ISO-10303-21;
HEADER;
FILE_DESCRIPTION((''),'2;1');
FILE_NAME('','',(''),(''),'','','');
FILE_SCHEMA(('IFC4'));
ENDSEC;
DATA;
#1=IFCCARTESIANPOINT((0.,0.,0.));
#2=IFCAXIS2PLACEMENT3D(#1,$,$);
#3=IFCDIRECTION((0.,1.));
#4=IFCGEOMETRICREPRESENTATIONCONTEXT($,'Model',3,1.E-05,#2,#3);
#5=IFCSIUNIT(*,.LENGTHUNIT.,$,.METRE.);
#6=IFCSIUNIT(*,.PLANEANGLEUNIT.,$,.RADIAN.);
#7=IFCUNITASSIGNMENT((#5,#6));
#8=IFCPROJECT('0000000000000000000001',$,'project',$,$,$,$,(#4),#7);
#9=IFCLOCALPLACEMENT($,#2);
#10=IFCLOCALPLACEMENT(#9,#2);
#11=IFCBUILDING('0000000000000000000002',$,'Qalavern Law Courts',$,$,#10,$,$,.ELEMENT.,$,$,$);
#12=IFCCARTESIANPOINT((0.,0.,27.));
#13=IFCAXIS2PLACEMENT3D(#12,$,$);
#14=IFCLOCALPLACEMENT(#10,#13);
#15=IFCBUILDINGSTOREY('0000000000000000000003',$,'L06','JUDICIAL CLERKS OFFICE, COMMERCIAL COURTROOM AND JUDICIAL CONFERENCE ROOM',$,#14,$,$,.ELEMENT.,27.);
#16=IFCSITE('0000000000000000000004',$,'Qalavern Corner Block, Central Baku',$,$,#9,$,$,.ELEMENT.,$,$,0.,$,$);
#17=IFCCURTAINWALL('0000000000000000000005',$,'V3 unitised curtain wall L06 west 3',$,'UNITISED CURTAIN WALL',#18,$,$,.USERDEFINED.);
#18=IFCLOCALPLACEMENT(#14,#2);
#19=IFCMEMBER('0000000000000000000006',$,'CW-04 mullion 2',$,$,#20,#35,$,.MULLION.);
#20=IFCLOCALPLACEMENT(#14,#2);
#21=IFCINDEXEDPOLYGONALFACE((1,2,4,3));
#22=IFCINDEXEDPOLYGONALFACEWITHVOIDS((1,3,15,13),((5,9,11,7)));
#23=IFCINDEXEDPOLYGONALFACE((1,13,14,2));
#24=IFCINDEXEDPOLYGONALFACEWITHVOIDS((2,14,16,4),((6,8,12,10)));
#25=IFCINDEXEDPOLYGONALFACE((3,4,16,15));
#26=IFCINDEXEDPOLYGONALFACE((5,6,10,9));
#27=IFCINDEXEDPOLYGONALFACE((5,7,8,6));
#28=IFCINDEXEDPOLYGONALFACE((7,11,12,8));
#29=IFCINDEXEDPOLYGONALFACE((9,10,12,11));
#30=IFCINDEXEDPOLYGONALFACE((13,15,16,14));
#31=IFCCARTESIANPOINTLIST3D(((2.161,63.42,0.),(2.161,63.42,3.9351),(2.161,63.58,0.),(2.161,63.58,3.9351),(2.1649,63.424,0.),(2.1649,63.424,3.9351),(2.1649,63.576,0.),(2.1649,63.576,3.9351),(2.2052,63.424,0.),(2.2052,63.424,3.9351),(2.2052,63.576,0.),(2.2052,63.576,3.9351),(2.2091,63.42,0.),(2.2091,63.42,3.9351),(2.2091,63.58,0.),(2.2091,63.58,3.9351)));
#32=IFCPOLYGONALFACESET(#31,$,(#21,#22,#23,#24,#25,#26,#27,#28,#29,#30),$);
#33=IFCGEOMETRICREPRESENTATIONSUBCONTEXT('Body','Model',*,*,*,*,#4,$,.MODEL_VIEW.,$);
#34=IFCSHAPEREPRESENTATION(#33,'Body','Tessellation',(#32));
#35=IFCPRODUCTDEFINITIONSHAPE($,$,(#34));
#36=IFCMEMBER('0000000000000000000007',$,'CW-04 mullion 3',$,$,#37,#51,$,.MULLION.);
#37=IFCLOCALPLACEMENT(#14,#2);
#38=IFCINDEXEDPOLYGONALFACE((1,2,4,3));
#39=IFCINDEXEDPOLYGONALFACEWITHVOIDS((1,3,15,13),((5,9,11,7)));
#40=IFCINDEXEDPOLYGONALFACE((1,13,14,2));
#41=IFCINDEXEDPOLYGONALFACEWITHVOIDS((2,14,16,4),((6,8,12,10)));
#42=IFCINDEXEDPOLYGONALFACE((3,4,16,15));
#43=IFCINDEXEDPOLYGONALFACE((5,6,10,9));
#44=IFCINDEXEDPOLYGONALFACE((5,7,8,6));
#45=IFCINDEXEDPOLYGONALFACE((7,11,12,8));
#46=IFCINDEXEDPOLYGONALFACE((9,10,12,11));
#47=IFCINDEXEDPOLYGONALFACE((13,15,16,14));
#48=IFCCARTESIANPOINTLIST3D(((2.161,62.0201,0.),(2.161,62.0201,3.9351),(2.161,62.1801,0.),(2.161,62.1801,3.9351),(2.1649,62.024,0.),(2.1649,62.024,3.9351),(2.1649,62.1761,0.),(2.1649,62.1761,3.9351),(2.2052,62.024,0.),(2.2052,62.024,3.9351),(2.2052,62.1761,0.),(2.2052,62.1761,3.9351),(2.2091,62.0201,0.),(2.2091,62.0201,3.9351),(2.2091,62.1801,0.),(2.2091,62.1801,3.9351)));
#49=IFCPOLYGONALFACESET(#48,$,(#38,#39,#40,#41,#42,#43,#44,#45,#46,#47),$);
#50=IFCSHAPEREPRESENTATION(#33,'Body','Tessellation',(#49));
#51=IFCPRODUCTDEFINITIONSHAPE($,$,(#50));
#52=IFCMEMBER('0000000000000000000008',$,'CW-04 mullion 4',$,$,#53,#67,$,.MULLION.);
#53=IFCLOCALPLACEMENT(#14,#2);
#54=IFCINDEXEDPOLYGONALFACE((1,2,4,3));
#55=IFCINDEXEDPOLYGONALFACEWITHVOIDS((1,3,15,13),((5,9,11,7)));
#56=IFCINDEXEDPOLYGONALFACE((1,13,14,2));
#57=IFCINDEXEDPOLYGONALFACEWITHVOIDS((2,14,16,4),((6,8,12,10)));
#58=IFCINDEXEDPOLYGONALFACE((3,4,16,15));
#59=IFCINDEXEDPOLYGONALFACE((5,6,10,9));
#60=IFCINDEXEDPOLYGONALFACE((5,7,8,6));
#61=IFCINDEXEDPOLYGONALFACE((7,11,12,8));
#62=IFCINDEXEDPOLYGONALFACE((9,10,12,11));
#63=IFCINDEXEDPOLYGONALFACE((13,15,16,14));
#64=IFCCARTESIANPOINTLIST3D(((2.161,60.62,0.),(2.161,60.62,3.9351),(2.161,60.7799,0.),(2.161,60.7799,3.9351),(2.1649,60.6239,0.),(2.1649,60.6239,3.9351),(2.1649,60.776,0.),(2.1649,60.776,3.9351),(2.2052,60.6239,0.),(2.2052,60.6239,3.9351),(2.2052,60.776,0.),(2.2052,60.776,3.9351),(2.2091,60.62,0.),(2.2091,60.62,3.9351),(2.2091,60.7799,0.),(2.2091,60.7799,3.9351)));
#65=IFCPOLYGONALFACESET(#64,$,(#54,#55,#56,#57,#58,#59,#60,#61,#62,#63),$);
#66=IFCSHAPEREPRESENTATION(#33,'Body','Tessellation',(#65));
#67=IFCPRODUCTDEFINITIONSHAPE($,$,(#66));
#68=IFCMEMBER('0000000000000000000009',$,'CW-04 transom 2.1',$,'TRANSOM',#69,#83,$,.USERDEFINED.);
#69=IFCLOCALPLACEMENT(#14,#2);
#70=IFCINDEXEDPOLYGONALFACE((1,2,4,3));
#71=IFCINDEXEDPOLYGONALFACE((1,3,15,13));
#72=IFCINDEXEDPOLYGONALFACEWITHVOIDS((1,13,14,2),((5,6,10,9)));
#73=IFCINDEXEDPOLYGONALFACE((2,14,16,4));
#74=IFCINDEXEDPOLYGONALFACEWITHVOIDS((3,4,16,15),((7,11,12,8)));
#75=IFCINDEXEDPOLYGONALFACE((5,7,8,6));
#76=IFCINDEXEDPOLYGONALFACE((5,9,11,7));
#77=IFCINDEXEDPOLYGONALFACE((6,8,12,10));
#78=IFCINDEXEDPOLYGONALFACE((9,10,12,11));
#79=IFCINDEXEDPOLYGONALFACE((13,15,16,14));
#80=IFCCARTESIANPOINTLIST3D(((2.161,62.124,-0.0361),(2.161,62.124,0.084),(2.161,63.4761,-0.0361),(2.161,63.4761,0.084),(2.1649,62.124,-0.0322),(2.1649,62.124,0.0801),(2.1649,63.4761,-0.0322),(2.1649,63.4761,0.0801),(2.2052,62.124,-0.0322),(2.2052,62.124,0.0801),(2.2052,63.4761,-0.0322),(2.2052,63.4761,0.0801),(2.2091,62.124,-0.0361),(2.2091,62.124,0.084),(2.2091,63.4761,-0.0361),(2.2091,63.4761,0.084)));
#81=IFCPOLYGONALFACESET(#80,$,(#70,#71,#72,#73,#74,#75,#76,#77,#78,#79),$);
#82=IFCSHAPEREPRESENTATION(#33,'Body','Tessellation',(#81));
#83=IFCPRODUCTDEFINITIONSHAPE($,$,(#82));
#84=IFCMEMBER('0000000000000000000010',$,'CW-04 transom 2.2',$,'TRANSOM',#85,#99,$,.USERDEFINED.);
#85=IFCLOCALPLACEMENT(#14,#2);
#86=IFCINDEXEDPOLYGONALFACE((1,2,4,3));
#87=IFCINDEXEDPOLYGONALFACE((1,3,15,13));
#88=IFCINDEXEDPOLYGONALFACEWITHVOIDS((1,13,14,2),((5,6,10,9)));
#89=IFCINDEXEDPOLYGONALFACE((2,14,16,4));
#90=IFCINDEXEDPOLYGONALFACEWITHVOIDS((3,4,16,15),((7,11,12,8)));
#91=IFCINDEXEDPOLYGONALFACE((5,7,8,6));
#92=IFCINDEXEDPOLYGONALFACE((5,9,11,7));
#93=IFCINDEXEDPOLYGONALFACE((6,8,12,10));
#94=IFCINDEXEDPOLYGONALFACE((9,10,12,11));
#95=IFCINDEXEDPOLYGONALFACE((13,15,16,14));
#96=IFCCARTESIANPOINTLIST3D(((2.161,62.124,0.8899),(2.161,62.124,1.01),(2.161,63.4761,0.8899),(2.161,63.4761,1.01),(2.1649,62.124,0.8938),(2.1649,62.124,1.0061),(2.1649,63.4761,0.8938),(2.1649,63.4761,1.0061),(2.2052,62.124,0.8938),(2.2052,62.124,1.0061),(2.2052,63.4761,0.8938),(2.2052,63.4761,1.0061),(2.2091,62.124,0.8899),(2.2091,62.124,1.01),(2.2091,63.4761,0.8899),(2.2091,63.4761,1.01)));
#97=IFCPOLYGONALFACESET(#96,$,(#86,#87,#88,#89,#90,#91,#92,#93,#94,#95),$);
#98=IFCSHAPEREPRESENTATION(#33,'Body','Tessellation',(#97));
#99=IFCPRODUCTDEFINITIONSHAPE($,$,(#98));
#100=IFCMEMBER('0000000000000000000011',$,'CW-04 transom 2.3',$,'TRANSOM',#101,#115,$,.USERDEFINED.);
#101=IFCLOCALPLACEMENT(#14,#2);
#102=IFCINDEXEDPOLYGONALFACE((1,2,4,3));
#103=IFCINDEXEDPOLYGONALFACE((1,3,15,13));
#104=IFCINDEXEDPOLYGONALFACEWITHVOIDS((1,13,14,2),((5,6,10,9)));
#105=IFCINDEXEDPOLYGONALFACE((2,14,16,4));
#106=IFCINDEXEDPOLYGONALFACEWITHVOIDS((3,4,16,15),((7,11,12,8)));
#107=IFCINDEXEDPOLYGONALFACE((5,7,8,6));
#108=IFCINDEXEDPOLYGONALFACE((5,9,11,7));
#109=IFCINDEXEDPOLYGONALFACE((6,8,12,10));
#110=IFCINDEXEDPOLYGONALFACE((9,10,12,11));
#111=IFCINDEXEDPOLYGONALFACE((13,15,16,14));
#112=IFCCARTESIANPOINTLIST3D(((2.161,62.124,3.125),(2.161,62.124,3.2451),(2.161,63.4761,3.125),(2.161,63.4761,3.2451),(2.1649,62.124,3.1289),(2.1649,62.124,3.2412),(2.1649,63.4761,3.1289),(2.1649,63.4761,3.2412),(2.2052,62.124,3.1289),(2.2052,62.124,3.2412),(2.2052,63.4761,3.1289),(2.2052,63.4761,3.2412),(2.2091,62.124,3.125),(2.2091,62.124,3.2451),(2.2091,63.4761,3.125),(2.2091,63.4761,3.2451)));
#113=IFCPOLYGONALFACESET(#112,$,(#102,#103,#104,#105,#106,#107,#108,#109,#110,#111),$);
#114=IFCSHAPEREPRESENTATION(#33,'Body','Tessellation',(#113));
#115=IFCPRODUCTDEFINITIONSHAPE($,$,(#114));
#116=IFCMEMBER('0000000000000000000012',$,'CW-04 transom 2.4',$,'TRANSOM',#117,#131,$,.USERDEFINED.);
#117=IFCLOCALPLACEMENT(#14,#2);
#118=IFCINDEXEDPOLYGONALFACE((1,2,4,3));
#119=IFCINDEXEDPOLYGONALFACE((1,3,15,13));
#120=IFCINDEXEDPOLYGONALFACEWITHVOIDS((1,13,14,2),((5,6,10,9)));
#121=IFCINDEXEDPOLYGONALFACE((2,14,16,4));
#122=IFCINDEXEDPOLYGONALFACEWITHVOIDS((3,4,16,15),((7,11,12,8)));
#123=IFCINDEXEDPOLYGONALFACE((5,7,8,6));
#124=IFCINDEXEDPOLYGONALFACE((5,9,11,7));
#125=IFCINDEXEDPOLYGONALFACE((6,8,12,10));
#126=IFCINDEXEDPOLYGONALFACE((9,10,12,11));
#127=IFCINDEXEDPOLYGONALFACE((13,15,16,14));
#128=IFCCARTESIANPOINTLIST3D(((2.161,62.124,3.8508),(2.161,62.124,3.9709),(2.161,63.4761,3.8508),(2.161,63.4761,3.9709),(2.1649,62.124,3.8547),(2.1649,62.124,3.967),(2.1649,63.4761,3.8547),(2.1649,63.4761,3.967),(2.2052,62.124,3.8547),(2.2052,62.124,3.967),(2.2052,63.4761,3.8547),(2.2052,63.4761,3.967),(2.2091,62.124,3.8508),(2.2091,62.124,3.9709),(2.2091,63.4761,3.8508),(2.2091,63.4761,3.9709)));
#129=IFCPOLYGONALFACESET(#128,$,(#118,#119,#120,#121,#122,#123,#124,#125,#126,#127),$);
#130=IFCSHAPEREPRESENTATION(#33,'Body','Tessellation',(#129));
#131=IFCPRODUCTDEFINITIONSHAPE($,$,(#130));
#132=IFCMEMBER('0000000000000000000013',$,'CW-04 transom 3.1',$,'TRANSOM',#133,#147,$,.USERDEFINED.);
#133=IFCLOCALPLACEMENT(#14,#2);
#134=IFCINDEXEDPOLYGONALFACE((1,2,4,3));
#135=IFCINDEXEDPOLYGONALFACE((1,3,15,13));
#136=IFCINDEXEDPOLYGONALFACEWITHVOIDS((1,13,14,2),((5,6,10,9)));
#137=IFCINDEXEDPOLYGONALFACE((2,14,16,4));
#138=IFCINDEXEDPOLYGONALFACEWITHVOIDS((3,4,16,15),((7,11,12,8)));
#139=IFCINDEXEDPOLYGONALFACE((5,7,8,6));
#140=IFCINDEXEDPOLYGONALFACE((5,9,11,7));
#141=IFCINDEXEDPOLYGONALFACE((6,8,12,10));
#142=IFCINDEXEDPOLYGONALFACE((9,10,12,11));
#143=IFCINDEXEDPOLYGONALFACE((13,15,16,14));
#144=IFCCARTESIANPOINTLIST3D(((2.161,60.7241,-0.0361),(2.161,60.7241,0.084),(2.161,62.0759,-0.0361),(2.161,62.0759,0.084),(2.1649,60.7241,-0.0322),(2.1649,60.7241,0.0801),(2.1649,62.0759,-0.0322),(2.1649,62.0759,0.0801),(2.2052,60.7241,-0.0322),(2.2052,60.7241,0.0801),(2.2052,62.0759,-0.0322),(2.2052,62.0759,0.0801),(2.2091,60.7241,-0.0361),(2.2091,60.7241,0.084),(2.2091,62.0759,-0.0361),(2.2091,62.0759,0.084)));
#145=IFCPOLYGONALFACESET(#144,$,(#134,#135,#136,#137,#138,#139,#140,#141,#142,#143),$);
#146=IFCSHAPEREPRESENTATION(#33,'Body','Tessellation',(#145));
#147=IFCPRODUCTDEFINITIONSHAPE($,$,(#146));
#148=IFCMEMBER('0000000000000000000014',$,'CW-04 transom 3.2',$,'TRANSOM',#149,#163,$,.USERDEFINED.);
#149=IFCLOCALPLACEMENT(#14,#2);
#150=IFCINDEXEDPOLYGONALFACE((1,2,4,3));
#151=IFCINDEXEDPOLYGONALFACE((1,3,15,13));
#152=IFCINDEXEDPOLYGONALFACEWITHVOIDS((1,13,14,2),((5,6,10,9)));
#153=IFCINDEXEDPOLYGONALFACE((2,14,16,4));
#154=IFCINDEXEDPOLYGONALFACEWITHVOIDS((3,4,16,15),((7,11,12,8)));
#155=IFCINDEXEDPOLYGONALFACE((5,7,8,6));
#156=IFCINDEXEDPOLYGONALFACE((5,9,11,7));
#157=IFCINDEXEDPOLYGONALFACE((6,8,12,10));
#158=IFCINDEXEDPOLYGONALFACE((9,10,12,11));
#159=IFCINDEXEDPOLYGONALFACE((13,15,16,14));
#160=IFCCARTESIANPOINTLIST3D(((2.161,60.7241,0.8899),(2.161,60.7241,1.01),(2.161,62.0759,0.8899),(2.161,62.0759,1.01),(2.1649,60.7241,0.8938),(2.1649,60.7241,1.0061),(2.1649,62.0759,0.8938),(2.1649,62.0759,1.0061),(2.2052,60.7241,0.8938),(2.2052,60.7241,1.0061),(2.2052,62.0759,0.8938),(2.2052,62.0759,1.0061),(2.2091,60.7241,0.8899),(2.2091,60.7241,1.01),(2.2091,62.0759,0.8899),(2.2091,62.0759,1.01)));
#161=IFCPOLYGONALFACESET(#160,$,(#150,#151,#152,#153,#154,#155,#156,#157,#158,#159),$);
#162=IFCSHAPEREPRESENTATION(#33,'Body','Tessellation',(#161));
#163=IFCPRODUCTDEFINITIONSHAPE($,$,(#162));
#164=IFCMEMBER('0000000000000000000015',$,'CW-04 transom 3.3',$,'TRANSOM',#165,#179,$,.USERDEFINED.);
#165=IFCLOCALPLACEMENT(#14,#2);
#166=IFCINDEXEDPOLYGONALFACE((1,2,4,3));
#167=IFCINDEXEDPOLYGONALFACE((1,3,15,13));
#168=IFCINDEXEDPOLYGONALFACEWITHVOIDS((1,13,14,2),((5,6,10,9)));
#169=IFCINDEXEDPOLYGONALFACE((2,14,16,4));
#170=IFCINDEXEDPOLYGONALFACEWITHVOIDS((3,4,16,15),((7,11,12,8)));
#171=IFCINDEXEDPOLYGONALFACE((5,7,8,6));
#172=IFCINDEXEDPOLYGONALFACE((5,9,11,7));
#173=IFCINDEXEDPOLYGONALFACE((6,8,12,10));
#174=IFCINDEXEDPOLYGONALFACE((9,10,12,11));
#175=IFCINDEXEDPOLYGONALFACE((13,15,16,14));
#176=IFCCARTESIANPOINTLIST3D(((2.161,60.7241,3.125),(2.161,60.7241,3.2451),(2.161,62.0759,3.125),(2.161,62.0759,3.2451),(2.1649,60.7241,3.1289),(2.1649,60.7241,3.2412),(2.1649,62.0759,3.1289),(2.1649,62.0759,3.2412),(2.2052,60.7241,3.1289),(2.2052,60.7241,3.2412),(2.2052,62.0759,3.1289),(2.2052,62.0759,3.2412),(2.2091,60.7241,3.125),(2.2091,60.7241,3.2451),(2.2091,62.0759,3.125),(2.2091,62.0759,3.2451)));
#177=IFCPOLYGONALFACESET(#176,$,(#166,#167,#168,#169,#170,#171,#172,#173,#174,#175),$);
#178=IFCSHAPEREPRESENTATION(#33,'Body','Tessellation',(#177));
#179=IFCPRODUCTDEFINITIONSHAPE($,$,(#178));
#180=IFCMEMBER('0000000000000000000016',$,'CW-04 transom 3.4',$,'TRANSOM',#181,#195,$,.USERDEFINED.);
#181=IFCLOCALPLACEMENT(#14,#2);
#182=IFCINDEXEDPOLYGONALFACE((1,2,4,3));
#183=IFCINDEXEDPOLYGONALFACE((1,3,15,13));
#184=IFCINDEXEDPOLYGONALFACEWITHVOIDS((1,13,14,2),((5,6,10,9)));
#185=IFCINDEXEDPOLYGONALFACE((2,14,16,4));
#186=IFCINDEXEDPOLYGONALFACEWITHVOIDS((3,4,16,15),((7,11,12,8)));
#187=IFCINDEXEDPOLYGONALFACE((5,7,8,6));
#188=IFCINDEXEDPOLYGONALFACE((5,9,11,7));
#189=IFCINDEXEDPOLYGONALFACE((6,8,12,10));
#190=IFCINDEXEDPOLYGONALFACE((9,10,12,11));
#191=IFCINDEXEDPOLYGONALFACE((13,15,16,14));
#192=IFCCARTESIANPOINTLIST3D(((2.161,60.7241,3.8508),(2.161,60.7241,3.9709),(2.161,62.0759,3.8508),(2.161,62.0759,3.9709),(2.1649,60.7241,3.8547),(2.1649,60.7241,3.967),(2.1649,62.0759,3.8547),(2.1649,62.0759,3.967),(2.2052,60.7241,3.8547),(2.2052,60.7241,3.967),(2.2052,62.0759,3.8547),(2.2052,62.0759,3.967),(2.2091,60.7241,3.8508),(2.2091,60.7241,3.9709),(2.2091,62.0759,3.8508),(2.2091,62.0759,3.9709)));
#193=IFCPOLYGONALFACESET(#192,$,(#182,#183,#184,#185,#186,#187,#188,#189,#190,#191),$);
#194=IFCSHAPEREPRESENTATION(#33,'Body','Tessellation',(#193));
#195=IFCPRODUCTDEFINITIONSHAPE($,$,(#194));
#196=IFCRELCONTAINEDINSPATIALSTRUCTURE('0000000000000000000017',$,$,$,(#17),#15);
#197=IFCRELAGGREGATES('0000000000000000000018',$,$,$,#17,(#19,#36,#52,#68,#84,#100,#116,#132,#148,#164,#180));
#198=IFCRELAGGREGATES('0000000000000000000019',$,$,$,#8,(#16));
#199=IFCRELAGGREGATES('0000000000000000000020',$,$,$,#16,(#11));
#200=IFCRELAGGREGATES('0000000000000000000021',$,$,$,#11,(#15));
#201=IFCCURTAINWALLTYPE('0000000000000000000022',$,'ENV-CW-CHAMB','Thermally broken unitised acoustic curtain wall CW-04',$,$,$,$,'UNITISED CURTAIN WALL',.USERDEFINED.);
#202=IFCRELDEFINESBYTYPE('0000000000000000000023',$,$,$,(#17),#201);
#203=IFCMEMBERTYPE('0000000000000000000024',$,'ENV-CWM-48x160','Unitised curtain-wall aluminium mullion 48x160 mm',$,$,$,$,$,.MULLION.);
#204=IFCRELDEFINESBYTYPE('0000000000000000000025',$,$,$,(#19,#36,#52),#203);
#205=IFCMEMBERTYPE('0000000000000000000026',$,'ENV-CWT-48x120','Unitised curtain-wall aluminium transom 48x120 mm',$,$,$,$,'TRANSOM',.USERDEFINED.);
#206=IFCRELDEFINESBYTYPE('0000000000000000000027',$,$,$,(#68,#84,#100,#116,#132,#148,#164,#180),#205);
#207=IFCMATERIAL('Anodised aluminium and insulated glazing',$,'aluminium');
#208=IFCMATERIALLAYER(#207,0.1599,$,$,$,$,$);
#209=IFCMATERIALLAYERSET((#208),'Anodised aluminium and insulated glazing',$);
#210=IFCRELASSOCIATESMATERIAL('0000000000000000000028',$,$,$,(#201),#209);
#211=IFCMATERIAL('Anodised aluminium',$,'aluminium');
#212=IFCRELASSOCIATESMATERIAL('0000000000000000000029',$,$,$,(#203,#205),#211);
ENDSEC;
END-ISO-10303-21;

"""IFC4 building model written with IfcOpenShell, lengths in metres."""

from ifc_helpers import new_model, si_unit, direction, frame, origin, origin_2d, place, context, subcontext, project, spatial, hollow_rectangle, extrude, material, layer, layer_set, material_profile, profile_set, type_object, element, aggregate, save


model = new_model("IFC4")

# Units and contexts
model_context = context("Model", 3, precision=1e-05, world=origin(), true_north=direction((0.0, 1.0)))
body_context = subcontext(model_context, "Body", "Model", "MODEL_VIEW")
ifc_project = project(units=[si_unit("LENGTHUNIT", "METRE"), si_unit("PLANEANGLEUNIT", "RADIAN")], contexts=[model_context])

# Site, building, storey
site_placement = place(None, origin())
site = spatial("IfcSite", under=ifc_project, at=site_placement, Name="Qalavern Corner Block, Central Baku", CompositionType="ELEMENT", RefElevation=0.0)
building_placement = place(site_placement, origin())
building = spatial("IfcBuilding", under=site, at=building_placement, Name="Qalavern Law Courts", CompositionType="ELEMENT")
storey_placement = place(building_placement, frame((0.0, 0.0, 27.0)))
storey = spatial("IfcBuildingStorey", under=building, at=storey_placement, Name="L06", Description="JUDICIAL CLERKS OFFICE, COMMERCIAL COURTROOM AND JUDICIAL CONFERENCE ROOM", CompositionType="ELEMENT", Elevation=27.0)

# Curtain wall, members
ifc_material_1 = material(Name="Anodised aluminium and insulated glazing", Category="aluminium")
ifc_layer_1 = layer(ifc_material_1, 0.1599)
ifc_layer_set_1 = layer_set([ifc_layer_1], Name="Anodised aluminium and insulated glazing")
curtain_wall_type = type_object("IfcCurtainWallType", Name="ENV-CW-CHAMB", Description="Thermally broken unitised acoustic curtain wall CW-04", ElementType="UNITISED CURTAIN WALL", PredefinedType="USERDEFINED", material=ifc_layer_set_1)
curtain_wall_placement = place(storey_placement, origin())
curtain_wall = element("IfcCurtainWall", 1, at=curtain_wall_placement, inside=storey, type_object=curtain_wall_type, Name="V3 unitised curtain wall L06 west 3", ObjectType="UNITISED CURTAIN WALL", PredefinedType="USERDEFINED")
ifc_material_2 = material(Name="Anodised aluminium", Category="aluminium")
ifc_material_profile_1 = material_profile(ifc_material_2, hollow_rectangle(XDim=0.0481, YDim=0.1599, WallThickness=0.0039, at=origin_2d()), Name="ALU MULLION 48x160")
ifc_profile_set_1 = profile_set([ifc_material_profile_1], Name="Anodised aluminium")
member_type_1 = type_object("IfcMemberType", Name="ENV-CWM-48x160", Description="Unitised curtain-wall aluminium mullion 48x160 mm", PredefinedType="MULLION", material=ifc_profile_set_1)
member_1_placement = place(storey_placement, frame((2.1851, 63.5, 0.0), z_axis=(0.0, 0.0, 1.0), x_axis=(1.0, 0.0, 0.0)))
member_1 = element("IfcMember", 2, at=member_1_placement, type_object=member_type_1, Name="CW-04 mullion 2", PredefinedType="MULLION", context=body_context, shape_type="SweptSolid", body=[
    extrude(hollow_rectangle(XDim=0.0481, YDim=0.1599, WallThickness=0.0039, at=origin_2d()), origin(), (0.0, 0.0, 1.0), 3.9351),
])
member_2_placement = place(storey_placement, frame((2.1851, 62.1001, 0.0), z_axis=(0.0, 0.0, 1.0), x_axis=(1.0, 0.0, 0.0)))
member_2 = element("IfcMember", 3, at=member_2_placement, type_object=member_type_1, Name="CW-04 mullion 3", PredefinedType="MULLION", context=body_context, shape_type="SweptSolid", body=[
    extrude(hollow_rectangle(XDim=0.0481, YDim=0.1599, WallThickness=0.0039, at=origin_2d()), origin(), (0.0, 0.0, 1.0), 3.9351),
])
member_3_placement = place(storey_placement, frame((2.1851, 60.7, 0.0), z_axis=(0.0, 0.0, 1.0), x_axis=(1.0, 0.0, 0.0)))
member_3 = element("IfcMember", 4, at=member_3_placement, type_object=member_type_1, Name="CW-04 mullion 4", PredefinedType="MULLION", context=body_context, shape_type="SweptSolid", body=[
    extrude(hollow_rectangle(XDim=0.0481, YDim=0.1599, WallThickness=0.0039, at=origin_2d()), origin(), (0.0, 0.0, 1.0), 3.9351),
])
ifc_material_profile_2 = material_profile(ifc_material_2, hollow_rectangle(XDim=0.0481, YDim=0.1201, WallThickness=0.0039, at=origin_2d()), Name="ALU TRANSOM 48x120")
ifc_profile_set_2 = profile_set([ifc_material_profile_2], Name="Anodised aluminium")
member_type_2 = type_object("IfcMemberType", Name="ENV-CWT-48x120", Description="Unitised curtain-wall aluminium transom 48x120 mm", ElementType="TRANSOM", PredefinedType="USERDEFINED", material=ifc_profile_set_2)
member_4_placement = place(storey_placement, frame((2.1851, 63.4761, 0.0239), z_axis=(0.0, -1.0, 0.0), x_axis=(1.0, 0.0, 0.0)))
member_4 = element("IfcMember", 5, at=member_4_placement, type_object=member_type_2, Name="CW-04 transom 2.1", ObjectType="TRANSOM", PredefinedType="USERDEFINED", context=body_context, shape_type="SweptSolid", body=[
    extrude(hollow_rectangle(XDim=0.0481, YDim=0.1201, WallThickness=0.0039, at=origin_2d()), origin(), (0.0, 0.0, 1.0), 1.3521),
])
member_5_placement = place(storey_placement, frame((2.1851, 63.4761, 0.95), z_axis=(0.0, -1.0, 0.0), x_axis=(1.0, 0.0, 0.0)))
member_5 = element("IfcMember", 6, at=member_5_placement, type_object=member_type_2, Name="CW-04 transom 2.2", ObjectType="TRANSOM", PredefinedType="USERDEFINED", context=body_context, shape_type="SweptSolid", body=[
    extrude(hollow_rectangle(XDim=0.0481, YDim=0.1201, WallThickness=0.0039, at=origin_2d()), origin(), (0.0, 0.0, 1.0), 1.3521),
])
member_6_placement = place(storey_placement, frame((2.1851, 63.4761, 3.1851), z_axis=(0.0, -1.0, 0.0), x_axis=(1.0, 0.0, 0.0)))
member_6 = element("IfcMember", 7, at=member_6_placement, type_object=member_type_2, Name="CW-04 transom 2.3", ObjectType="TRANSOM", PredefinedType="USERDEFINED", context=body_context, shape_type="SweptSolid", body=[
    extrude(hollow_rectangle(XDim=0.0481, YDim=0.1201, WallThickness=0.0039, at=origin_2d()), origin(), (0.0, 0.0, 1.0), 1.3521),
])
member_7_placement = place(storey_placement, frame((2.1851, 63.4761, 3.9109), z_axis=(0.0, -1.0, 0.0), x_axis=(1.0, 0.0, 0.0)))
member_7 = element("IfcMember", 8, at=member_7_placement, type_object=member_type_2, Name="CW-04 transom 2.4", ObjectType="TRANSOM", PredefinedType="USERDEFINED", context=body_context, shape_type="SweptSolid", body=[
    extrude(hollow_rectangle(XDim=0.0481, YDim=0.1201, WallThickness=0.0039, at=origin_2d()), origin(), (0.0, 0.0, 1.0), 1.3521),
])
member_8_placement = place(storey_placement, frame((2.1851, 62.0759, 0.0239), z_axis=(0.0, -1.0, 0.0), x_axis=(1.0, 0.0, 0.0)))
member_8 = element("IfcMember", 9, at=member_8_placement, type_object=member_type_2, Name="CW-04 transom 3.1", ObjectType="TRANSOM", PredefinedType="USERDEFINED", context=body_context, shape_type="SweptSolid", body=[
    extrude(hollow_rectangle(XDim=0.0481, YDim=0.1201, WallThickness=0.0039, at=origin_2d()), origin(), (0.0, 0.0, 1.0), 1.3518),
])
member_9_placement = place(storey_placement, frame((2.1851, 62.0759, 0.95), z_axis=(0.0, -1.0, 0.0), x_axis=(1.0, 0.0, 0.0)))
member_9 = element("IfcMember", 10, at=member_9_placement, type_object=member_type_2, Name="CW-04 transom 3.2", ObjectType="TRANSOM", PredefinedType="USERDEFINED", context=body_context, shape_type="SweptSolid", body=[
    extrude(hollow_rectangle(XDim=0.0481, YDim=0.1201, WallThickness=0.0039, at=origin_2d()), origin(), (0.0, 0.0, 1.0), 1.3518),
])
member_10_placement = place(storey_placement, frame((2.1851, 62.0759, 3.1851), z_axis=(0.0, -1.0, 0.0), x_axis=(1.0, 0.0, 0.0)))
member_10 = element("IfcMember", 11, at=member_10_placement, type_object=member_type_2, Name="CW-04 transom 3.3", ObjectType="TRANSOM", PredefinedType="USERDEFINED", context=body_context, shape_type="SweptSolid", body=[
    extrude(hollow_rectangle(XDim=0.0481, YDim=0.1201, WallThickness=0.0039, at=origin_2d()), origin(), (0.0, 0.0, 1.0), 1.3518),
])
member_11_placement = place(storey_placement, frame((2.1851, 62.0759, 3.9109), z_axis=(0.0, -1.0, 0.0), x_axis=(1.0, 0.0, 0.0)))
member_11 = element("IfcMember", 12, at=member_11_placement, type_object=member_type_2, Name="CW-04 transom 3.4", ObjectType="TRANSOM", PredefinedType="USERDEFINED", context=body_context, shape_type="SweptSolid", body=[
    extrude(hollow_rectangle(XDim=0.0481, YDim=0.1201, WallThickness=0.0039, at=origin_2d()), origin(), (0.0, 0.0, 1.0), 1.3518),
])
aggregate(curtain_wall, [member_1, member_2, member_3, member_4, member_5, member_6, member_7, member_8, member_9, member_10, member_11])

save(model, "model.ifc")
